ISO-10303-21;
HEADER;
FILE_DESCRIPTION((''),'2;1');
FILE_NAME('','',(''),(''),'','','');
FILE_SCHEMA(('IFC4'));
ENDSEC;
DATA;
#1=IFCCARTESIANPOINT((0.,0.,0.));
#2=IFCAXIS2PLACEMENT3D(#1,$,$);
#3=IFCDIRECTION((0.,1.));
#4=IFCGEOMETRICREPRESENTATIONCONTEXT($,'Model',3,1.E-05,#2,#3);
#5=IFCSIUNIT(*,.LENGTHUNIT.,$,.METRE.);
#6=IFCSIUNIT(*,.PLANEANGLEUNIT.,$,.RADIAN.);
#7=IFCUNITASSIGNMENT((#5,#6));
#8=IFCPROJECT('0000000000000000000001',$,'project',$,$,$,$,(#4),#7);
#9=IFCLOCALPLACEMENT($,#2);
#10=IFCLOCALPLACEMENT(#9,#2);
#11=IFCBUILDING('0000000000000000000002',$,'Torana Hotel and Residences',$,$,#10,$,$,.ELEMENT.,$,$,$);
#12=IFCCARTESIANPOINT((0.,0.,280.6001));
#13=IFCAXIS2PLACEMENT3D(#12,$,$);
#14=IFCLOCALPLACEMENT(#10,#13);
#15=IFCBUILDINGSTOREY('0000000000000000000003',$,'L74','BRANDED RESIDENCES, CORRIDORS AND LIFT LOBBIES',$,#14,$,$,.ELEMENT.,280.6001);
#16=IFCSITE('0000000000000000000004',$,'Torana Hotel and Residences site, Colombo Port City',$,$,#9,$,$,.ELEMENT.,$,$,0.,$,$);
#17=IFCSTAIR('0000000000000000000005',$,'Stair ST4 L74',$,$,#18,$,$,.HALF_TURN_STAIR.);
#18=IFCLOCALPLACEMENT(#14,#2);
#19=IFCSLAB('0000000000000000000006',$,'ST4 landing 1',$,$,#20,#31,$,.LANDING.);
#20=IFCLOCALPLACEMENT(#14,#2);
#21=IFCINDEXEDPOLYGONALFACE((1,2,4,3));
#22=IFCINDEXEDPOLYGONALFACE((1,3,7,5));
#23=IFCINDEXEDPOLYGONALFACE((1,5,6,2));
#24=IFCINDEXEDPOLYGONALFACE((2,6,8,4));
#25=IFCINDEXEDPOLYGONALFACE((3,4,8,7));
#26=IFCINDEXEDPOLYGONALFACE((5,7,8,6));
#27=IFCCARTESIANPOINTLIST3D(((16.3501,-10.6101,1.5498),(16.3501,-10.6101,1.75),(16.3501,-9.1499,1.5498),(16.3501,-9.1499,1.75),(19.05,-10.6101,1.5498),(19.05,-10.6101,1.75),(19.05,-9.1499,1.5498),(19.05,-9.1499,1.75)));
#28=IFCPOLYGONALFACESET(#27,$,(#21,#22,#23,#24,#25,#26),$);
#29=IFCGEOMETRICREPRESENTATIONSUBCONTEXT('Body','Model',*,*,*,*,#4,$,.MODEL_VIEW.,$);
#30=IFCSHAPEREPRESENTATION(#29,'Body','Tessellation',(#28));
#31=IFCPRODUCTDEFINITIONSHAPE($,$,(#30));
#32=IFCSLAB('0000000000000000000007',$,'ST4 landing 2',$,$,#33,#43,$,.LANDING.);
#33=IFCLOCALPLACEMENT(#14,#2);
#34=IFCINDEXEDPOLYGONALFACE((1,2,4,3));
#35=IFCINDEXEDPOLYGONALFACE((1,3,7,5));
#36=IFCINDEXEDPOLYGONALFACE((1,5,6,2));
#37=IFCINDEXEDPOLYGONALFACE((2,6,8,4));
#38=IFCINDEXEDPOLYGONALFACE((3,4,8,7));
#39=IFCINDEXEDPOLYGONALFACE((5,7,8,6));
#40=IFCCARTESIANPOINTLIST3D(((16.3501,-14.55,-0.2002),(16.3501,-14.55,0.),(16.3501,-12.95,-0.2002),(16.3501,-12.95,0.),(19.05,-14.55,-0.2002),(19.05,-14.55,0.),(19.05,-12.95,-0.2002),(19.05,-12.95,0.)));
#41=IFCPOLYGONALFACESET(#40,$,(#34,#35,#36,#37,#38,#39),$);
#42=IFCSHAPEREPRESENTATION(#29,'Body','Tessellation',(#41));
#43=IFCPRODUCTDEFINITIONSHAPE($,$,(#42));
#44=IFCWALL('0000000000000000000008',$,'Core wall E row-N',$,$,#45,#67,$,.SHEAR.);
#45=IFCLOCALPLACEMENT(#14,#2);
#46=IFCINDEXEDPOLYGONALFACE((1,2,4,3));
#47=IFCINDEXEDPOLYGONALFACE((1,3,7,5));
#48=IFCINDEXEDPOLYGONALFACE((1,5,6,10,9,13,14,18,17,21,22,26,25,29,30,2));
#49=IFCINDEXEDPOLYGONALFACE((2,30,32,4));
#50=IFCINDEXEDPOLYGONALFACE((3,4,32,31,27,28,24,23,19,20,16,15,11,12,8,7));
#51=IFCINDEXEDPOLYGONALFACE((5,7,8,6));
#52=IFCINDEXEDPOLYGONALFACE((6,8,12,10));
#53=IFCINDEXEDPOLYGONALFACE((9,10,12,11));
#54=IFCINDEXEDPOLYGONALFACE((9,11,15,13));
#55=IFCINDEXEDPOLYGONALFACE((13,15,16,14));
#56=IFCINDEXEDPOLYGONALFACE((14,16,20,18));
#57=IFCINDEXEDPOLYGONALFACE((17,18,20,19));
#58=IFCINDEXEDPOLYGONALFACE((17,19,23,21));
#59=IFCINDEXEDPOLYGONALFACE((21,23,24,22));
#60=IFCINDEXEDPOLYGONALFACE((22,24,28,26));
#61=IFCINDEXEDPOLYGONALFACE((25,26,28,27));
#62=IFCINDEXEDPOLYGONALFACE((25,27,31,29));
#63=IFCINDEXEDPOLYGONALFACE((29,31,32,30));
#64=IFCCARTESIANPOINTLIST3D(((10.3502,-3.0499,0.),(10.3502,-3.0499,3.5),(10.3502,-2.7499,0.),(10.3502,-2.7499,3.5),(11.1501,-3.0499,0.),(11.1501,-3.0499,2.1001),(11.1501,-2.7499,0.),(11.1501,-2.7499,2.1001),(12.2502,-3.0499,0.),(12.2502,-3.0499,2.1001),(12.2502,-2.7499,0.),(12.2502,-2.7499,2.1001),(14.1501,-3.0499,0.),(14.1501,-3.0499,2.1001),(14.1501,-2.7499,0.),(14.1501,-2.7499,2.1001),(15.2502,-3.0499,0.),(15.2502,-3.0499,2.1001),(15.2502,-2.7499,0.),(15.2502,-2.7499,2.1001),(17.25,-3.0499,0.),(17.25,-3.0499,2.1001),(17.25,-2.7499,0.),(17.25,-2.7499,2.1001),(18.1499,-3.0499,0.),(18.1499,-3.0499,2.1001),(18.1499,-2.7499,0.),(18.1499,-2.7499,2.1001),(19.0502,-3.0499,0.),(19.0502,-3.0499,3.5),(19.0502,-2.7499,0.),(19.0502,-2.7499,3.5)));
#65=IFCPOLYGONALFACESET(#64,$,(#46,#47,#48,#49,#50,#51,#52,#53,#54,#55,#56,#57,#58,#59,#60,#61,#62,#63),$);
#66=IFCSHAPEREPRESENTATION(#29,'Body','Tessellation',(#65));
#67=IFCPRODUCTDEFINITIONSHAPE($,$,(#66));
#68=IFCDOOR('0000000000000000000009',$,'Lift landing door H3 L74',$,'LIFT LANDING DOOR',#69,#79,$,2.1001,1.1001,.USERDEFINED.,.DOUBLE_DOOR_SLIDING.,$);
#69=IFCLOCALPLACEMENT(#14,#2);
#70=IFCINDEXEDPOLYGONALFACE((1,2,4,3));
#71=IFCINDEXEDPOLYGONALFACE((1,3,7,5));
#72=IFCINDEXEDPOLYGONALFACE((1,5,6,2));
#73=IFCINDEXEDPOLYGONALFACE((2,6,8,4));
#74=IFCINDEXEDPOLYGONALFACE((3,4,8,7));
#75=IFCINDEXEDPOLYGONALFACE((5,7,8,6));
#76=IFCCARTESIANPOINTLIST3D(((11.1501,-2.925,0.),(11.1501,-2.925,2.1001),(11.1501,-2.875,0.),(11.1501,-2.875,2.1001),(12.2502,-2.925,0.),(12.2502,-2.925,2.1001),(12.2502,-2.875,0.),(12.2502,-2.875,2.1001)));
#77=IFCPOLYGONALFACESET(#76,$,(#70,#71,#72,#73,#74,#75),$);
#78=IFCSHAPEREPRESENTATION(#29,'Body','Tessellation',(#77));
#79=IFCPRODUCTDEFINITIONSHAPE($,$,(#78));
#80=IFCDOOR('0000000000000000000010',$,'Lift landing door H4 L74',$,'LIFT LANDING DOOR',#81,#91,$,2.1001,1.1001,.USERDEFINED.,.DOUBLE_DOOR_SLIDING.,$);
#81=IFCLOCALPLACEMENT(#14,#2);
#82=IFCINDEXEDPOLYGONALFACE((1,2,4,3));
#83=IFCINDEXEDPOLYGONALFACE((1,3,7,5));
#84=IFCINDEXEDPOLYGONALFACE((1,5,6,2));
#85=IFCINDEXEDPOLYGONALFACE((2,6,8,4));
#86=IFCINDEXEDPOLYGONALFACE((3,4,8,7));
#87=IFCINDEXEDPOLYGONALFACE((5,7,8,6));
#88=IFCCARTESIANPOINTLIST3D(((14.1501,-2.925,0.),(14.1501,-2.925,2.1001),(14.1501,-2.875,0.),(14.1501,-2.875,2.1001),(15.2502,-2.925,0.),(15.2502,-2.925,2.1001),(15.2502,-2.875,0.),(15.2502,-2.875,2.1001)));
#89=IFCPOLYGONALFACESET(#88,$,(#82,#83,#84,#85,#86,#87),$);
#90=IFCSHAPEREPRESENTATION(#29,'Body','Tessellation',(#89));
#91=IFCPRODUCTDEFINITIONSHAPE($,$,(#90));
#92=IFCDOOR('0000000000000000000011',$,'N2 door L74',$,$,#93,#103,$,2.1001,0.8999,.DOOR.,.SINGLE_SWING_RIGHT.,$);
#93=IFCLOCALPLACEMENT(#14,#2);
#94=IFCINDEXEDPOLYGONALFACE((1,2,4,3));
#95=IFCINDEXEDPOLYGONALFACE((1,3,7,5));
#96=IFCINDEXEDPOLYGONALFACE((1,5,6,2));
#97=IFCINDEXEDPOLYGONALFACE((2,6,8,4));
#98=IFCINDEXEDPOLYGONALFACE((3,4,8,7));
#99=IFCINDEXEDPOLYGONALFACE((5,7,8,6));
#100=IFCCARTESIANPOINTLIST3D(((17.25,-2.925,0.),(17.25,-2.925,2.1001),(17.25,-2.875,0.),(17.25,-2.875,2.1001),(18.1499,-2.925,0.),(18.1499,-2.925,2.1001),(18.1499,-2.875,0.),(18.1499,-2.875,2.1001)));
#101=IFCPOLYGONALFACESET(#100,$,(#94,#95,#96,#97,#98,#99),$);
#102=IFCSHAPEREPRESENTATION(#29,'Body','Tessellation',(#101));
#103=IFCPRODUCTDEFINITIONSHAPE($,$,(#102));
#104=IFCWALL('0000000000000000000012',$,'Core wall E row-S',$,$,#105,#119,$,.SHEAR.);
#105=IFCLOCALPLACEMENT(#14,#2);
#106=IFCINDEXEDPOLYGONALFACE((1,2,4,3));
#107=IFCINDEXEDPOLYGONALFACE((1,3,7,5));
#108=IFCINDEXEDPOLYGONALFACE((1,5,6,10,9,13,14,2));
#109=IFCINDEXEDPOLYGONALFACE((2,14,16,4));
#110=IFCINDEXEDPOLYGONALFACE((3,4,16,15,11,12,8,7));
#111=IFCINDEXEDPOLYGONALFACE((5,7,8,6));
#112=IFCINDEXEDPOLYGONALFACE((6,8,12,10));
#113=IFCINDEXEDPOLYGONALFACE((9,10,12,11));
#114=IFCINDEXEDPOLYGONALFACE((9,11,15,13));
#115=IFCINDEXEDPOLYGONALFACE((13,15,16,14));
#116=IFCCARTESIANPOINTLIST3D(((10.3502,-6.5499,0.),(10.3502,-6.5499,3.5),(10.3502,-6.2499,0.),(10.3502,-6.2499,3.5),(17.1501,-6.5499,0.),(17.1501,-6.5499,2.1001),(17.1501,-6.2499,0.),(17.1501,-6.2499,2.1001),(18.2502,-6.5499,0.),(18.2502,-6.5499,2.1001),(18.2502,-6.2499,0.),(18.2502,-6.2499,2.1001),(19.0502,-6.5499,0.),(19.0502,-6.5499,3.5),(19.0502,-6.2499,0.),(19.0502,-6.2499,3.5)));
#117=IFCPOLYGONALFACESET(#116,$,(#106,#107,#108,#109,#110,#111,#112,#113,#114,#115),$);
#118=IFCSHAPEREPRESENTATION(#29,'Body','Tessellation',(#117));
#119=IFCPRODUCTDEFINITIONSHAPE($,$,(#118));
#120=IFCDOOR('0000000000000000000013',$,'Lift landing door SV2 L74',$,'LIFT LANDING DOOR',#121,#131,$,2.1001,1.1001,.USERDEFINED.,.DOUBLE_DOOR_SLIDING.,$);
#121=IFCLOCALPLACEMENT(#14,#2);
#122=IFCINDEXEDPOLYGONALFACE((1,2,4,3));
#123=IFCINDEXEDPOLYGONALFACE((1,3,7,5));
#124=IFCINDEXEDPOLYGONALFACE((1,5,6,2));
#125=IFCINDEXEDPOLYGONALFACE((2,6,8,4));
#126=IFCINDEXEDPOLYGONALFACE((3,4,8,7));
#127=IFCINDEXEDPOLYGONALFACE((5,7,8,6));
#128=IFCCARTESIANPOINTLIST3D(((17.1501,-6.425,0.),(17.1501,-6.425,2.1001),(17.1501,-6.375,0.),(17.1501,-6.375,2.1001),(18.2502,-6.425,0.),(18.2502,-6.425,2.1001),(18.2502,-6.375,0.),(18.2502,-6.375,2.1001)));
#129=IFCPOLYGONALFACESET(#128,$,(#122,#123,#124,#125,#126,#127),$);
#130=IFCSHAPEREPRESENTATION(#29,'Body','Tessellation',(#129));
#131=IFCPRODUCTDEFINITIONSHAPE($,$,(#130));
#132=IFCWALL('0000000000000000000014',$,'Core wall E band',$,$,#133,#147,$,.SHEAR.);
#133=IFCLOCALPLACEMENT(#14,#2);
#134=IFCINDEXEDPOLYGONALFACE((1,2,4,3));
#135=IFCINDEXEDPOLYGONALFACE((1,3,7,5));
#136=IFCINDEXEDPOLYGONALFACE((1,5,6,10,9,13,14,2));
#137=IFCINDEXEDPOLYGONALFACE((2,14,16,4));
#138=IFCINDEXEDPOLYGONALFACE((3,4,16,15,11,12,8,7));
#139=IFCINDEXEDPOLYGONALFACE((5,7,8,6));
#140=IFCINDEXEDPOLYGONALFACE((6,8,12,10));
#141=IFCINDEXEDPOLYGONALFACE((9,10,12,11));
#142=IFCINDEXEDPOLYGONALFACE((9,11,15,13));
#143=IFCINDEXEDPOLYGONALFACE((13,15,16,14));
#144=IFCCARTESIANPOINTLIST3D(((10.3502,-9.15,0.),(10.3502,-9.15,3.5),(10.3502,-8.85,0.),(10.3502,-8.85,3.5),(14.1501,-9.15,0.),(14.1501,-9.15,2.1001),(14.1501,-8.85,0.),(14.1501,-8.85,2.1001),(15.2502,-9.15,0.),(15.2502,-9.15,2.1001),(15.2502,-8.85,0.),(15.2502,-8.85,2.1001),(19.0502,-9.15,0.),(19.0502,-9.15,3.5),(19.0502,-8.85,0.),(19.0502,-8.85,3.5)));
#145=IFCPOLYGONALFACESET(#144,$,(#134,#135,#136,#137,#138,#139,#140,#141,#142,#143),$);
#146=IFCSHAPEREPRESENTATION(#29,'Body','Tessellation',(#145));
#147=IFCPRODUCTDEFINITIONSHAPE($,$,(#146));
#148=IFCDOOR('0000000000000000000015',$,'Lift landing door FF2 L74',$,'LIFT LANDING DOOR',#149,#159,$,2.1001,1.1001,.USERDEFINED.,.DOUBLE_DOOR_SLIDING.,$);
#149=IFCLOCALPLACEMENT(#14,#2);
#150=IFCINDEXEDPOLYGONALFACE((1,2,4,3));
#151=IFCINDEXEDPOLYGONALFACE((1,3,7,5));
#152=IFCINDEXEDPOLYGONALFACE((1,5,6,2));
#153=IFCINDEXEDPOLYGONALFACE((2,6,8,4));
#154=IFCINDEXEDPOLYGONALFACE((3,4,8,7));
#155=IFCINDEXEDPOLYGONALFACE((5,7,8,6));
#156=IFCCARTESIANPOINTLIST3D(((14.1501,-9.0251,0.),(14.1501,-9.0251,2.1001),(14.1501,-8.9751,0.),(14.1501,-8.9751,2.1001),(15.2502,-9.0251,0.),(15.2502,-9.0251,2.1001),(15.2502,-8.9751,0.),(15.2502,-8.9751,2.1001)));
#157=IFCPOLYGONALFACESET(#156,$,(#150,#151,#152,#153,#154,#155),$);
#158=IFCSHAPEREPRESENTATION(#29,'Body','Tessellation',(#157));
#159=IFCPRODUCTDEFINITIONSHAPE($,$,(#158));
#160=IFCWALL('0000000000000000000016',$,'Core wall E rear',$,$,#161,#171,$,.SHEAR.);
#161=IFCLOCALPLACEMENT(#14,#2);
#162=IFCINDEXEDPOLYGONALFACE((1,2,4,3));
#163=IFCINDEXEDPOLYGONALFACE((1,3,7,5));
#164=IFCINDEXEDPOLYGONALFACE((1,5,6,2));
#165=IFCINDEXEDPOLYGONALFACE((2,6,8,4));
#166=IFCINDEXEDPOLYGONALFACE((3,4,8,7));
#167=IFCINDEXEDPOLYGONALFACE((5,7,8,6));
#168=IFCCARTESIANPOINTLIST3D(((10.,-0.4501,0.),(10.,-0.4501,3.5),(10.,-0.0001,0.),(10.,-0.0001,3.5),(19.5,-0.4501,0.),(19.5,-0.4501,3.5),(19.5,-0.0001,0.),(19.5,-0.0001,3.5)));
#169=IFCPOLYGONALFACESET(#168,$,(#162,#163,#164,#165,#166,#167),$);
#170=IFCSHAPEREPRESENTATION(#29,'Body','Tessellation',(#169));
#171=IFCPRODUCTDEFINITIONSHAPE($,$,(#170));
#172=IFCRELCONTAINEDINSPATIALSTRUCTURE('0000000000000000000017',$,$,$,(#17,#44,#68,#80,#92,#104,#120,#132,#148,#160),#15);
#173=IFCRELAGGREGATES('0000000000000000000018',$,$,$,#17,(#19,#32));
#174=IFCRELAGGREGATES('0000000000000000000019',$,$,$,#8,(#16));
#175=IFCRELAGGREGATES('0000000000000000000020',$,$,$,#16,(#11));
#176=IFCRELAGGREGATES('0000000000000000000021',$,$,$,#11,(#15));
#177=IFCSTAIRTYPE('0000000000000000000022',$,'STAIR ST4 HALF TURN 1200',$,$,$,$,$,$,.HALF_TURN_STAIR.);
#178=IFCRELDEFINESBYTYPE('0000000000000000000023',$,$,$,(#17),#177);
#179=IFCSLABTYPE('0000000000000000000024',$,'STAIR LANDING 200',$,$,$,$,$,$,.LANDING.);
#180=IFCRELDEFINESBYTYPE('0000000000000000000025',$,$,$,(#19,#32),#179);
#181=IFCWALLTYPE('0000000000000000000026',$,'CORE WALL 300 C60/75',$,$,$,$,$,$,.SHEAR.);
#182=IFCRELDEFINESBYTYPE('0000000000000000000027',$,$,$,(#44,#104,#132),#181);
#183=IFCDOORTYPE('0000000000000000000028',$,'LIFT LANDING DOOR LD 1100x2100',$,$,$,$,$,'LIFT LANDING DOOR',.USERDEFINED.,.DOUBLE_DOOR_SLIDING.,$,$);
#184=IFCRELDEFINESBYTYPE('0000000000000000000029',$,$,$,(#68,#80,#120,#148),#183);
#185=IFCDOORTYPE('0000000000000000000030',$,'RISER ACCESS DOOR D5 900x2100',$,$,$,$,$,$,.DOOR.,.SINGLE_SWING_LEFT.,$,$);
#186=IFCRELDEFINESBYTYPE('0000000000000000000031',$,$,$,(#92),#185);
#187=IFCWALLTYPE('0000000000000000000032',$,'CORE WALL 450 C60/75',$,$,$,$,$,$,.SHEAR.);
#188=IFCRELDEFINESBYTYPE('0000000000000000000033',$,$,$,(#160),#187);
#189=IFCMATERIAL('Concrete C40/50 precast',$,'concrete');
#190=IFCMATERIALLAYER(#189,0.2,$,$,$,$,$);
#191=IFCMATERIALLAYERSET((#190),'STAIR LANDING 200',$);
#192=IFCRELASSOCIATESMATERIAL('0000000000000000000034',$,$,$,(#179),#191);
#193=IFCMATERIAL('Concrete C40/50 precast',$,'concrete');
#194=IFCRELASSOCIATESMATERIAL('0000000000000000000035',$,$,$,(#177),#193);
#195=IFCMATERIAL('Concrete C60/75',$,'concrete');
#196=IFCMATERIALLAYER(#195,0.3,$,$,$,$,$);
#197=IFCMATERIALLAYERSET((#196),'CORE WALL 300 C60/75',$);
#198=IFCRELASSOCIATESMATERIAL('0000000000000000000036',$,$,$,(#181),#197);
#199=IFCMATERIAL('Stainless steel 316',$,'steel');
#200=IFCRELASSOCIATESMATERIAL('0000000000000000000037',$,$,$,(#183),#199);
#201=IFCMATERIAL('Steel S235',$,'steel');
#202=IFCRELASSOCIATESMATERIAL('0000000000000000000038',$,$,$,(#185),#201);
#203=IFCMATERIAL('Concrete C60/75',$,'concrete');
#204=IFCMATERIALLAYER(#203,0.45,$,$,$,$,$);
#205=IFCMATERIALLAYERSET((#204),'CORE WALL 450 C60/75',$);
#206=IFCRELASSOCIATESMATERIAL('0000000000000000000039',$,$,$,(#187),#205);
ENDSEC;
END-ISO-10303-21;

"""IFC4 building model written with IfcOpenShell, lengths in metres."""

from ifc_helpers import new_model, si_unit, direction, frame, frame_2d, origin, place, context, subcontext, project, spatial, polyline, rectangle, outline, extrude, material, layer, layer_set, type_object, element, fill, aggregate, save


model = new_model("IFC4")

# Units and contexts
model_context = context("Model", 3, precision=1e-05, world=origin(), true_north=direction((0.0, 1.0)))
body_context = subcontext(model_context, "Body", "Model", "MODEL_VIEW")
ifc_project = project(units=[si_unit("LENGTHUNIT", "METRE"), si_unit("PLANEANGLEUNIT", "RADIAN")], contexts=[model_context])

# Site, building, storey
site_placement = place(None, origin())
site = spatial("IfcSite", under=ifc_project, at=site_placement, Name="Torana Hotel and Residences site, Colombo Port City", CompositionType="ELEMENT", RefElevation=0.0)
building_placement = place(site_placement, origin())
building = spatial("IfcBuilding", under=site, at=building_placement, Name="Torana Hotel and Residences", CompositionType="ELEMENT")
storey_placement = place(building_placement, frame((0.0, 0.0, 280.6001)))
storey = spatial("IfcBuildingStorey", under=building, at=storey_placement, Name="L74", Description="BRANDED RESIDENCES, CORRIDORS AND LIFT LOBBIES", CompositionType="ELEMENT", Elevation=280.6001)

# Stair, slabs
ifc_material_1 = material(Name="Concrete C40/50 precast", Category="concrete")
ifc_layer_1 = layer(ifc_material_1, 0.2)
ifc_layer_set_1 = layer_set([ifc_layer_1], Name="STAIR LANDING 200")
slab_type_1 = type_object("IfcSlabType", Name="STAIR LANDING 200", PredefinedType="LANDING", material=ifc_layer_set_1)
ifc_material_2 = material(Name="Concrete C40/50 precast", Category="concrete")
stair_type_1 = type_object("IfcStairType", Name="STAIR ST4 HALF TURN 1200", PredefinedType="HALF_TURN_STAIR", material=ifc_material_2)
stair_1_placement = place(storey_placement, origin())
stair_1 = element("IfcStair", 1, at=stair_1_placement, inside=storey, type_object=stair_type_1, Name="Stair ST4 L74", PredefinedType="HALF_TURN_STAIR")
slab_1_placement = place(storey_placement, frame((0.0, 0.0, 1.5498)))
slab_1 = element("IfcSlab", 2, at=slab_1_placement, type_object=slab_type_1, Name="ST4 landing 1", PredefinedType="LANDING", context=body_context, shape_type="SweptSolid", body=[
    extrude(outline(polyline([(16.3501, -10.6101), (19.05, -10.6101), (19.05, -9.1499), (16.3501, -9.1499), (16.3501, -10.6101)])), origin(), (0.0, 0.0, 1.0), 0.2002),
])
slab_2_placement = place(storey_placement, frame((0.0, 0.0, -0.2002)))
slab_2 = element("IfcSlab", 3, at=slab_2_placement, type_object=slab_type_1, Name="ST4 landing 2", PredefinedType="LANDING", context=body_context, shape_type="SweptSolid", body=[
    extrude(outline(polyline([(16.3501, -14.55), (19.05, -14.55), (19.05, -12.95), (16.3501, -12.95), (16.3501, -14.55)])), origin(), (0.0, 0.0, 1.0), 0.2002),
])
aggregate(stair_1, [slab_1, slab_2])

# Wall, openings, doors
ifc_material_3 = material(Name="Concrete C60/75", Category="concrete")
ifc_layer_2 = layer(ifc_material_3, 0.3)
ifc_layer_set_2 = layer_set([ifc_layer_2], Name="CORE WALL 300 C60/75")
wall_type_1 = type_object("IfcWallType", Name="CORE WALL 300 C60/75", PredefinedType="SHEAR", material=ifc_layer_set_2)
wall_1_placement = place(storey_placement, frame((10.3501, -2.8999, 0.0), z_axis=(0.0, 0.0, 1.0), x_axis=(1.0, 0.0, 0.0)))
wall_1 = element("IfcWall", 4, at=wall_1_placement, inside=storey, type_object=wall_type_1, Name="Core wall E row-N", PredefinedType="SHEAR", context=body_context, shape_type="SweptSolid", body=[
    extrude(rectangle(XDim=8.7, YDim=0.3, at=frame_2d((4.3501, 0.0))), origin(), (0.0, 0.0, 1.0), 3.5),
])
opening_1_placement = place(wall_1_placement, frame((0.8, 0.0, 0.0)))
opening_1 = element("IfcOpeningElement", 5, at=opening_1_placement, cuts=wall_1, PredefinedType="OPENING", context=body_context, shape_type="SweptSolid", body=[
    extrude(rectangle(XDim=1.1001, YDim=2.1001, at=frame_2d((0.55, 1.05))), frame((0.0, 0.1599, 0.0), z_axis=(0.0, -1.0, 0.0), x_axis=(1.0, 0.0, 0.0)), (0.0, 0.0, 1.0), 0.3201),
])
opening_2_placement = place(wall_1_placement, frame((3.8, 0.0, 0.0)))
opening_2 = element("IfcOpeningElement", 6, at=opening_2_placement, cuts=wall_1, PredefinedType="OPENING", context=body_context, shape_type="SweptSolid", body=[
    extrude(rectangle(XDim=1.1001, YDim=2.1001, at=frame_2d((0.55, 1.05))), frame((0.0, 0.1599, 0.0), z_axis=(0.0, -1.0, 0.0), x_axis=(1.0, 0.0, 0.0)), (0.0, 0.0, 1.0), 0.3201),
])
opening_3_placement = place(wall_1_placement, frame((6.8999, 0.0, 0.0)))
opening_3 = element("IfcOpeningElement", 7, at=opening_3_placement, cuts=wall_1, PredefinedType="OPENING", context=body_context, shape_type="SweptSolid", body=[
    extrude(rectangle(XDim=0.8999, YDim=2.1001, at=frame_2d((0.45, 1.05))), frame((0.0, 0.1599, 0.0), z_axis=(0.0, -1.0, 0.0), x_axis=(1.0, 0.0, 0.0)), (0.0, 0.0, 1.0), 0.3201),
])
ifc_material_4 = material(Name="Stainless steel 316", Category="steel")
door_type_1 = type_object("IfcDoorType", Name="LIFT LANDING DOOR LD 1100x2100", ElementType="LIFT LANDING DOOR", OperationType="DOUBLE_DOOR_SLIDING", PredefinedType="USERDEFINED", material=ifc_material_4)
door_1_placement = place(opening_1_placement, origin())
door_1 = element("IfcDoor", 8, at=door_1_placement, inside=storey, type_object=door_type_1, Name="Lift landing door H3 L74", ObjectType="LIFT LANDING DOOR", OperationType="DOUBLE_DOOR_SLIDING", OverallHeight=2.1001, OverallWidth=1.1001, PredefinedType="USERDEFINED", context=body_context, shape_type="SweptSolid", body=[
    extrude(rectangle(XDim=1.1001, YDim=2.1001, at=frame_2d((0.55, 1.05))), frame((0.0, 0.0249, 0.0), z_axis=(0.0, -1.0, 0.0), x_axis=(1.0, 0.0, 0.0)), (0.0, 0.0, 1.0), 0.05),
])
fill(opening_1, door_1)
door_2_placement = place(opening_2_placement, origin())
door_2 = element("IfcDoor", 9, at=door_2_placement, inside=storey, type_object=door_type_1, Name="Lift landing door H4 L74", ObjectType="LIFT LANDING DOOR", OperationType="DOUBLE_DOOR_SLIDING", OverallHeight=2.1001, OverallWidth=1.1001, PredefinedType="USERDEFINED", context=body_context, shape_type="SweptSolid", body=[
    extrude(rectangle(XDim=1.1001, YDim=2.1001, at=frame_2d((0.55, 1.05))), frame((0.0, 0.0249, 0.0), z_axis=(0.0, -1.0, 0.0), x_axis=(1.0, 0.0, 0.0)), (0.0, 0.0, 1.0), 0.05),
])
fill(opening_2, door_2)
ifc_material_5 = material(Name="Steel S235", Category="steel")
door_type_2 = type_object("IfcDoorType", Name="RISER ACCESS DOOR D5 900x2100", OperationType="SINGLE_SWING_LEFT", PredefinedType="DOOR", material=ifc_material_5)
door_3_placement = place(opening_3_placement, origin())
door_3 = element("IfcDoor", 10, at=door_3_placement, inside=storey, type_object=door_type_2, Name="N2 door L74", OperationType="SINGLE_SWING_RIGHT", OverallHeight=2.1001, OverallWidth=0.8999, PredefinedType="DOOR", context=body_context, shape_type="SweptSolid", body=[
    extrude(rectangle(XDim=0.8999, YDim=2.1001, at=frame_2d((0.45, 1.05))), frame((0.0, 0.0249, 0.0), z_axis=(0.0, -1.0, 0.0), x_axis=(1.0, 0.0, 0.0)), (0.0, 0.0, 1.0), 0.05),
])
fill(opening_3, door_3)

# Walls, openings, doors
wall_2_placement = place(storey_placement, frame((10.3501, -6.3999, 0.0), z_axis=(0.0, 0.0, 1.0), x_axis=(1.0, 0.0, 0.0)))
wall_2 = element("IfcWall", 11, at=wall_2_placement, inside=storey, type_object=wall_type_1, Name="Core wall E row-S", PredefinedType="SHEAR", context=body_context, shape_type="SweptSolid", body=[
    extrude(rectangle(XDim=8.7, YDim=0.3, at=frame_2d((4.3501, 0.0))), origin(), (0.0, 0.0, 1.0), 3.5),
])
opening_4_placement = place(wall_2_placement, frame((6.8, 0.0, 0.0)))
opening_4 = element("IfcOpeningElement", 12, at=opening_4_placement, cuts=wall_2, PredefinedType="OPENING", context=body_context, shape_type="SweptSolid", body=[
    extrude(rectangle(XDim=1.1001, YDim=2.1001, at=frame_2d((0.55, 1.05))), frame((0.0, 0.1599, 0.0), z_axis=(0.0, -1.0, 0.0), x_axis=(1.0, 0.0, 0.0)), (0.0, 0.0, 1.0), 0.3201),
])
door_4_placement = place(opening_4_placement, origin())
door_4 = element("IfcDoor", 13, at=door_4_placement, inside=storey, type_object=door_type_1, Name="Lift landing door SV2 L74", ObjectType="LIFT LANDING DOOR", OperationType="DOUBLE_DOOR_SLIDING", OverallHeight=2.1001, OverallWidth=1.1001, PredefinedType="USERDEFINED", context=body_context, shape_type="SweptSolid", body=[
    extrude(rectangle(XDim=1.1001, YDim=2.1001, at=frame_2d((0.55, 1.05))), frame((0.0, 0.0249, 0.0), z_axis=(0.0, -1.0, 0.0), x_axis=(1.0, 0.0, 0.0)), (0.0, 0.0, 1.0), 0.05),
])
fill(opening_4, door_4)
wall_3_placement = place(storey_placement, frame((10.3501, -9.0, 0.0), z_axis=(0.0, 0.0, 1.0), x_axis=(1.0, 0.0, 0.0)))
wall_3 = element("IfcWall", 14, at=wall_3_placement, inside=storey, type_object=wall_type_1, Name="Core wall E band", PredefinedType="SHEAR", context=body_context, shape_type="SweptSolid", body=[
    extrude(rectangle(XDim=8.7, YDim=0.3, at=frame_2d((4.3501, 0.0))), origin(), (0.0, 0.0, 1.0), 3.5),
])
opening_5_placement = place(wall_3_placement, frame((3.8, 0.0, 0.0)))
opening_5 = element("IfcOpeningElement", 15, at=opening_5_placement, cuts=wall_3, PredefinedType="OPENING", context=body_context, shape_type="SweptSolid", body=[
    extrude(rectangle(XDim=1.1001, YDim=2.1001, at=frame_2d((0.55, 1.05))), frame((0.0, 0.1599, 0.0), z_axis=(0.0, -1.0, 0.0), x_axis=(1.0, 0.0, 0.0)), (0.0, 0.0, 1.0), 0.3201),
])
door_5_placement = place(opening_5_placement, origin())
door_5 = element("IfcDoor", 16, at=door_5_placement, inside=storey, type_object=door_type_1, Name="Lift landing door FF2 L74", ObjectType="LIFT LANDING DOOR", OperationType="DOUBLE_DOOR_SLIDING", OverallHeight=2.1001, OverallWidth=1.1001, PredefinedType="USERDEFINED", context=body_context, shape_type="SweptSolid", body=[
    extrude(rectangle(XDim=1.1001, YDim=2.1001, at=frame_2d((0.55, 1.05))), frame((0.0, 0.0249, 0.0), z_axis=(0.0, -1.0, 0.0), x_axis=(1.0, 0.0, 0.0)), (0.0, 0.0, 1.0), 0.05),
])
fill(opening_5, door_5)

# Wall
ifc_material_6 = material(Name="Concrete C60/75", Category="concrete")
ifc_layer_3 = layer(ifc_material_6, 0.45)
ifc_layer_set_3 = layer_set([ifc_layer_3], Name="CORE WALL 450 C60/75")
wall_type_2 = type_object("IfcWallType", Name="CORE WALL 450 C60/75", PredefinedType="SHEAR", material=ifc_layer_set_3)
wall_4_placement = place(storey_placement, frame((10.0, -0.2251, 0.0), z_axis=(0.0, 0.0, 1.0), x_axis=(1.0, 0.0, 0.0)))
element("IfcWall", 17, at=wall_4_placement, inside=storey, type_object=wall_type_2, Name="Core wall E rear", PredefinedType="SHEAR", context=body_context, shape_type="SweptSolid", body=[
    extrude(rectangle(XDim=9.5, YDim=0.45, at=frame_2d((4.75, 0.0))), origin(), (0.0, 0.0, 1.0), 3.5),
])

save(model, "model.ifc")
